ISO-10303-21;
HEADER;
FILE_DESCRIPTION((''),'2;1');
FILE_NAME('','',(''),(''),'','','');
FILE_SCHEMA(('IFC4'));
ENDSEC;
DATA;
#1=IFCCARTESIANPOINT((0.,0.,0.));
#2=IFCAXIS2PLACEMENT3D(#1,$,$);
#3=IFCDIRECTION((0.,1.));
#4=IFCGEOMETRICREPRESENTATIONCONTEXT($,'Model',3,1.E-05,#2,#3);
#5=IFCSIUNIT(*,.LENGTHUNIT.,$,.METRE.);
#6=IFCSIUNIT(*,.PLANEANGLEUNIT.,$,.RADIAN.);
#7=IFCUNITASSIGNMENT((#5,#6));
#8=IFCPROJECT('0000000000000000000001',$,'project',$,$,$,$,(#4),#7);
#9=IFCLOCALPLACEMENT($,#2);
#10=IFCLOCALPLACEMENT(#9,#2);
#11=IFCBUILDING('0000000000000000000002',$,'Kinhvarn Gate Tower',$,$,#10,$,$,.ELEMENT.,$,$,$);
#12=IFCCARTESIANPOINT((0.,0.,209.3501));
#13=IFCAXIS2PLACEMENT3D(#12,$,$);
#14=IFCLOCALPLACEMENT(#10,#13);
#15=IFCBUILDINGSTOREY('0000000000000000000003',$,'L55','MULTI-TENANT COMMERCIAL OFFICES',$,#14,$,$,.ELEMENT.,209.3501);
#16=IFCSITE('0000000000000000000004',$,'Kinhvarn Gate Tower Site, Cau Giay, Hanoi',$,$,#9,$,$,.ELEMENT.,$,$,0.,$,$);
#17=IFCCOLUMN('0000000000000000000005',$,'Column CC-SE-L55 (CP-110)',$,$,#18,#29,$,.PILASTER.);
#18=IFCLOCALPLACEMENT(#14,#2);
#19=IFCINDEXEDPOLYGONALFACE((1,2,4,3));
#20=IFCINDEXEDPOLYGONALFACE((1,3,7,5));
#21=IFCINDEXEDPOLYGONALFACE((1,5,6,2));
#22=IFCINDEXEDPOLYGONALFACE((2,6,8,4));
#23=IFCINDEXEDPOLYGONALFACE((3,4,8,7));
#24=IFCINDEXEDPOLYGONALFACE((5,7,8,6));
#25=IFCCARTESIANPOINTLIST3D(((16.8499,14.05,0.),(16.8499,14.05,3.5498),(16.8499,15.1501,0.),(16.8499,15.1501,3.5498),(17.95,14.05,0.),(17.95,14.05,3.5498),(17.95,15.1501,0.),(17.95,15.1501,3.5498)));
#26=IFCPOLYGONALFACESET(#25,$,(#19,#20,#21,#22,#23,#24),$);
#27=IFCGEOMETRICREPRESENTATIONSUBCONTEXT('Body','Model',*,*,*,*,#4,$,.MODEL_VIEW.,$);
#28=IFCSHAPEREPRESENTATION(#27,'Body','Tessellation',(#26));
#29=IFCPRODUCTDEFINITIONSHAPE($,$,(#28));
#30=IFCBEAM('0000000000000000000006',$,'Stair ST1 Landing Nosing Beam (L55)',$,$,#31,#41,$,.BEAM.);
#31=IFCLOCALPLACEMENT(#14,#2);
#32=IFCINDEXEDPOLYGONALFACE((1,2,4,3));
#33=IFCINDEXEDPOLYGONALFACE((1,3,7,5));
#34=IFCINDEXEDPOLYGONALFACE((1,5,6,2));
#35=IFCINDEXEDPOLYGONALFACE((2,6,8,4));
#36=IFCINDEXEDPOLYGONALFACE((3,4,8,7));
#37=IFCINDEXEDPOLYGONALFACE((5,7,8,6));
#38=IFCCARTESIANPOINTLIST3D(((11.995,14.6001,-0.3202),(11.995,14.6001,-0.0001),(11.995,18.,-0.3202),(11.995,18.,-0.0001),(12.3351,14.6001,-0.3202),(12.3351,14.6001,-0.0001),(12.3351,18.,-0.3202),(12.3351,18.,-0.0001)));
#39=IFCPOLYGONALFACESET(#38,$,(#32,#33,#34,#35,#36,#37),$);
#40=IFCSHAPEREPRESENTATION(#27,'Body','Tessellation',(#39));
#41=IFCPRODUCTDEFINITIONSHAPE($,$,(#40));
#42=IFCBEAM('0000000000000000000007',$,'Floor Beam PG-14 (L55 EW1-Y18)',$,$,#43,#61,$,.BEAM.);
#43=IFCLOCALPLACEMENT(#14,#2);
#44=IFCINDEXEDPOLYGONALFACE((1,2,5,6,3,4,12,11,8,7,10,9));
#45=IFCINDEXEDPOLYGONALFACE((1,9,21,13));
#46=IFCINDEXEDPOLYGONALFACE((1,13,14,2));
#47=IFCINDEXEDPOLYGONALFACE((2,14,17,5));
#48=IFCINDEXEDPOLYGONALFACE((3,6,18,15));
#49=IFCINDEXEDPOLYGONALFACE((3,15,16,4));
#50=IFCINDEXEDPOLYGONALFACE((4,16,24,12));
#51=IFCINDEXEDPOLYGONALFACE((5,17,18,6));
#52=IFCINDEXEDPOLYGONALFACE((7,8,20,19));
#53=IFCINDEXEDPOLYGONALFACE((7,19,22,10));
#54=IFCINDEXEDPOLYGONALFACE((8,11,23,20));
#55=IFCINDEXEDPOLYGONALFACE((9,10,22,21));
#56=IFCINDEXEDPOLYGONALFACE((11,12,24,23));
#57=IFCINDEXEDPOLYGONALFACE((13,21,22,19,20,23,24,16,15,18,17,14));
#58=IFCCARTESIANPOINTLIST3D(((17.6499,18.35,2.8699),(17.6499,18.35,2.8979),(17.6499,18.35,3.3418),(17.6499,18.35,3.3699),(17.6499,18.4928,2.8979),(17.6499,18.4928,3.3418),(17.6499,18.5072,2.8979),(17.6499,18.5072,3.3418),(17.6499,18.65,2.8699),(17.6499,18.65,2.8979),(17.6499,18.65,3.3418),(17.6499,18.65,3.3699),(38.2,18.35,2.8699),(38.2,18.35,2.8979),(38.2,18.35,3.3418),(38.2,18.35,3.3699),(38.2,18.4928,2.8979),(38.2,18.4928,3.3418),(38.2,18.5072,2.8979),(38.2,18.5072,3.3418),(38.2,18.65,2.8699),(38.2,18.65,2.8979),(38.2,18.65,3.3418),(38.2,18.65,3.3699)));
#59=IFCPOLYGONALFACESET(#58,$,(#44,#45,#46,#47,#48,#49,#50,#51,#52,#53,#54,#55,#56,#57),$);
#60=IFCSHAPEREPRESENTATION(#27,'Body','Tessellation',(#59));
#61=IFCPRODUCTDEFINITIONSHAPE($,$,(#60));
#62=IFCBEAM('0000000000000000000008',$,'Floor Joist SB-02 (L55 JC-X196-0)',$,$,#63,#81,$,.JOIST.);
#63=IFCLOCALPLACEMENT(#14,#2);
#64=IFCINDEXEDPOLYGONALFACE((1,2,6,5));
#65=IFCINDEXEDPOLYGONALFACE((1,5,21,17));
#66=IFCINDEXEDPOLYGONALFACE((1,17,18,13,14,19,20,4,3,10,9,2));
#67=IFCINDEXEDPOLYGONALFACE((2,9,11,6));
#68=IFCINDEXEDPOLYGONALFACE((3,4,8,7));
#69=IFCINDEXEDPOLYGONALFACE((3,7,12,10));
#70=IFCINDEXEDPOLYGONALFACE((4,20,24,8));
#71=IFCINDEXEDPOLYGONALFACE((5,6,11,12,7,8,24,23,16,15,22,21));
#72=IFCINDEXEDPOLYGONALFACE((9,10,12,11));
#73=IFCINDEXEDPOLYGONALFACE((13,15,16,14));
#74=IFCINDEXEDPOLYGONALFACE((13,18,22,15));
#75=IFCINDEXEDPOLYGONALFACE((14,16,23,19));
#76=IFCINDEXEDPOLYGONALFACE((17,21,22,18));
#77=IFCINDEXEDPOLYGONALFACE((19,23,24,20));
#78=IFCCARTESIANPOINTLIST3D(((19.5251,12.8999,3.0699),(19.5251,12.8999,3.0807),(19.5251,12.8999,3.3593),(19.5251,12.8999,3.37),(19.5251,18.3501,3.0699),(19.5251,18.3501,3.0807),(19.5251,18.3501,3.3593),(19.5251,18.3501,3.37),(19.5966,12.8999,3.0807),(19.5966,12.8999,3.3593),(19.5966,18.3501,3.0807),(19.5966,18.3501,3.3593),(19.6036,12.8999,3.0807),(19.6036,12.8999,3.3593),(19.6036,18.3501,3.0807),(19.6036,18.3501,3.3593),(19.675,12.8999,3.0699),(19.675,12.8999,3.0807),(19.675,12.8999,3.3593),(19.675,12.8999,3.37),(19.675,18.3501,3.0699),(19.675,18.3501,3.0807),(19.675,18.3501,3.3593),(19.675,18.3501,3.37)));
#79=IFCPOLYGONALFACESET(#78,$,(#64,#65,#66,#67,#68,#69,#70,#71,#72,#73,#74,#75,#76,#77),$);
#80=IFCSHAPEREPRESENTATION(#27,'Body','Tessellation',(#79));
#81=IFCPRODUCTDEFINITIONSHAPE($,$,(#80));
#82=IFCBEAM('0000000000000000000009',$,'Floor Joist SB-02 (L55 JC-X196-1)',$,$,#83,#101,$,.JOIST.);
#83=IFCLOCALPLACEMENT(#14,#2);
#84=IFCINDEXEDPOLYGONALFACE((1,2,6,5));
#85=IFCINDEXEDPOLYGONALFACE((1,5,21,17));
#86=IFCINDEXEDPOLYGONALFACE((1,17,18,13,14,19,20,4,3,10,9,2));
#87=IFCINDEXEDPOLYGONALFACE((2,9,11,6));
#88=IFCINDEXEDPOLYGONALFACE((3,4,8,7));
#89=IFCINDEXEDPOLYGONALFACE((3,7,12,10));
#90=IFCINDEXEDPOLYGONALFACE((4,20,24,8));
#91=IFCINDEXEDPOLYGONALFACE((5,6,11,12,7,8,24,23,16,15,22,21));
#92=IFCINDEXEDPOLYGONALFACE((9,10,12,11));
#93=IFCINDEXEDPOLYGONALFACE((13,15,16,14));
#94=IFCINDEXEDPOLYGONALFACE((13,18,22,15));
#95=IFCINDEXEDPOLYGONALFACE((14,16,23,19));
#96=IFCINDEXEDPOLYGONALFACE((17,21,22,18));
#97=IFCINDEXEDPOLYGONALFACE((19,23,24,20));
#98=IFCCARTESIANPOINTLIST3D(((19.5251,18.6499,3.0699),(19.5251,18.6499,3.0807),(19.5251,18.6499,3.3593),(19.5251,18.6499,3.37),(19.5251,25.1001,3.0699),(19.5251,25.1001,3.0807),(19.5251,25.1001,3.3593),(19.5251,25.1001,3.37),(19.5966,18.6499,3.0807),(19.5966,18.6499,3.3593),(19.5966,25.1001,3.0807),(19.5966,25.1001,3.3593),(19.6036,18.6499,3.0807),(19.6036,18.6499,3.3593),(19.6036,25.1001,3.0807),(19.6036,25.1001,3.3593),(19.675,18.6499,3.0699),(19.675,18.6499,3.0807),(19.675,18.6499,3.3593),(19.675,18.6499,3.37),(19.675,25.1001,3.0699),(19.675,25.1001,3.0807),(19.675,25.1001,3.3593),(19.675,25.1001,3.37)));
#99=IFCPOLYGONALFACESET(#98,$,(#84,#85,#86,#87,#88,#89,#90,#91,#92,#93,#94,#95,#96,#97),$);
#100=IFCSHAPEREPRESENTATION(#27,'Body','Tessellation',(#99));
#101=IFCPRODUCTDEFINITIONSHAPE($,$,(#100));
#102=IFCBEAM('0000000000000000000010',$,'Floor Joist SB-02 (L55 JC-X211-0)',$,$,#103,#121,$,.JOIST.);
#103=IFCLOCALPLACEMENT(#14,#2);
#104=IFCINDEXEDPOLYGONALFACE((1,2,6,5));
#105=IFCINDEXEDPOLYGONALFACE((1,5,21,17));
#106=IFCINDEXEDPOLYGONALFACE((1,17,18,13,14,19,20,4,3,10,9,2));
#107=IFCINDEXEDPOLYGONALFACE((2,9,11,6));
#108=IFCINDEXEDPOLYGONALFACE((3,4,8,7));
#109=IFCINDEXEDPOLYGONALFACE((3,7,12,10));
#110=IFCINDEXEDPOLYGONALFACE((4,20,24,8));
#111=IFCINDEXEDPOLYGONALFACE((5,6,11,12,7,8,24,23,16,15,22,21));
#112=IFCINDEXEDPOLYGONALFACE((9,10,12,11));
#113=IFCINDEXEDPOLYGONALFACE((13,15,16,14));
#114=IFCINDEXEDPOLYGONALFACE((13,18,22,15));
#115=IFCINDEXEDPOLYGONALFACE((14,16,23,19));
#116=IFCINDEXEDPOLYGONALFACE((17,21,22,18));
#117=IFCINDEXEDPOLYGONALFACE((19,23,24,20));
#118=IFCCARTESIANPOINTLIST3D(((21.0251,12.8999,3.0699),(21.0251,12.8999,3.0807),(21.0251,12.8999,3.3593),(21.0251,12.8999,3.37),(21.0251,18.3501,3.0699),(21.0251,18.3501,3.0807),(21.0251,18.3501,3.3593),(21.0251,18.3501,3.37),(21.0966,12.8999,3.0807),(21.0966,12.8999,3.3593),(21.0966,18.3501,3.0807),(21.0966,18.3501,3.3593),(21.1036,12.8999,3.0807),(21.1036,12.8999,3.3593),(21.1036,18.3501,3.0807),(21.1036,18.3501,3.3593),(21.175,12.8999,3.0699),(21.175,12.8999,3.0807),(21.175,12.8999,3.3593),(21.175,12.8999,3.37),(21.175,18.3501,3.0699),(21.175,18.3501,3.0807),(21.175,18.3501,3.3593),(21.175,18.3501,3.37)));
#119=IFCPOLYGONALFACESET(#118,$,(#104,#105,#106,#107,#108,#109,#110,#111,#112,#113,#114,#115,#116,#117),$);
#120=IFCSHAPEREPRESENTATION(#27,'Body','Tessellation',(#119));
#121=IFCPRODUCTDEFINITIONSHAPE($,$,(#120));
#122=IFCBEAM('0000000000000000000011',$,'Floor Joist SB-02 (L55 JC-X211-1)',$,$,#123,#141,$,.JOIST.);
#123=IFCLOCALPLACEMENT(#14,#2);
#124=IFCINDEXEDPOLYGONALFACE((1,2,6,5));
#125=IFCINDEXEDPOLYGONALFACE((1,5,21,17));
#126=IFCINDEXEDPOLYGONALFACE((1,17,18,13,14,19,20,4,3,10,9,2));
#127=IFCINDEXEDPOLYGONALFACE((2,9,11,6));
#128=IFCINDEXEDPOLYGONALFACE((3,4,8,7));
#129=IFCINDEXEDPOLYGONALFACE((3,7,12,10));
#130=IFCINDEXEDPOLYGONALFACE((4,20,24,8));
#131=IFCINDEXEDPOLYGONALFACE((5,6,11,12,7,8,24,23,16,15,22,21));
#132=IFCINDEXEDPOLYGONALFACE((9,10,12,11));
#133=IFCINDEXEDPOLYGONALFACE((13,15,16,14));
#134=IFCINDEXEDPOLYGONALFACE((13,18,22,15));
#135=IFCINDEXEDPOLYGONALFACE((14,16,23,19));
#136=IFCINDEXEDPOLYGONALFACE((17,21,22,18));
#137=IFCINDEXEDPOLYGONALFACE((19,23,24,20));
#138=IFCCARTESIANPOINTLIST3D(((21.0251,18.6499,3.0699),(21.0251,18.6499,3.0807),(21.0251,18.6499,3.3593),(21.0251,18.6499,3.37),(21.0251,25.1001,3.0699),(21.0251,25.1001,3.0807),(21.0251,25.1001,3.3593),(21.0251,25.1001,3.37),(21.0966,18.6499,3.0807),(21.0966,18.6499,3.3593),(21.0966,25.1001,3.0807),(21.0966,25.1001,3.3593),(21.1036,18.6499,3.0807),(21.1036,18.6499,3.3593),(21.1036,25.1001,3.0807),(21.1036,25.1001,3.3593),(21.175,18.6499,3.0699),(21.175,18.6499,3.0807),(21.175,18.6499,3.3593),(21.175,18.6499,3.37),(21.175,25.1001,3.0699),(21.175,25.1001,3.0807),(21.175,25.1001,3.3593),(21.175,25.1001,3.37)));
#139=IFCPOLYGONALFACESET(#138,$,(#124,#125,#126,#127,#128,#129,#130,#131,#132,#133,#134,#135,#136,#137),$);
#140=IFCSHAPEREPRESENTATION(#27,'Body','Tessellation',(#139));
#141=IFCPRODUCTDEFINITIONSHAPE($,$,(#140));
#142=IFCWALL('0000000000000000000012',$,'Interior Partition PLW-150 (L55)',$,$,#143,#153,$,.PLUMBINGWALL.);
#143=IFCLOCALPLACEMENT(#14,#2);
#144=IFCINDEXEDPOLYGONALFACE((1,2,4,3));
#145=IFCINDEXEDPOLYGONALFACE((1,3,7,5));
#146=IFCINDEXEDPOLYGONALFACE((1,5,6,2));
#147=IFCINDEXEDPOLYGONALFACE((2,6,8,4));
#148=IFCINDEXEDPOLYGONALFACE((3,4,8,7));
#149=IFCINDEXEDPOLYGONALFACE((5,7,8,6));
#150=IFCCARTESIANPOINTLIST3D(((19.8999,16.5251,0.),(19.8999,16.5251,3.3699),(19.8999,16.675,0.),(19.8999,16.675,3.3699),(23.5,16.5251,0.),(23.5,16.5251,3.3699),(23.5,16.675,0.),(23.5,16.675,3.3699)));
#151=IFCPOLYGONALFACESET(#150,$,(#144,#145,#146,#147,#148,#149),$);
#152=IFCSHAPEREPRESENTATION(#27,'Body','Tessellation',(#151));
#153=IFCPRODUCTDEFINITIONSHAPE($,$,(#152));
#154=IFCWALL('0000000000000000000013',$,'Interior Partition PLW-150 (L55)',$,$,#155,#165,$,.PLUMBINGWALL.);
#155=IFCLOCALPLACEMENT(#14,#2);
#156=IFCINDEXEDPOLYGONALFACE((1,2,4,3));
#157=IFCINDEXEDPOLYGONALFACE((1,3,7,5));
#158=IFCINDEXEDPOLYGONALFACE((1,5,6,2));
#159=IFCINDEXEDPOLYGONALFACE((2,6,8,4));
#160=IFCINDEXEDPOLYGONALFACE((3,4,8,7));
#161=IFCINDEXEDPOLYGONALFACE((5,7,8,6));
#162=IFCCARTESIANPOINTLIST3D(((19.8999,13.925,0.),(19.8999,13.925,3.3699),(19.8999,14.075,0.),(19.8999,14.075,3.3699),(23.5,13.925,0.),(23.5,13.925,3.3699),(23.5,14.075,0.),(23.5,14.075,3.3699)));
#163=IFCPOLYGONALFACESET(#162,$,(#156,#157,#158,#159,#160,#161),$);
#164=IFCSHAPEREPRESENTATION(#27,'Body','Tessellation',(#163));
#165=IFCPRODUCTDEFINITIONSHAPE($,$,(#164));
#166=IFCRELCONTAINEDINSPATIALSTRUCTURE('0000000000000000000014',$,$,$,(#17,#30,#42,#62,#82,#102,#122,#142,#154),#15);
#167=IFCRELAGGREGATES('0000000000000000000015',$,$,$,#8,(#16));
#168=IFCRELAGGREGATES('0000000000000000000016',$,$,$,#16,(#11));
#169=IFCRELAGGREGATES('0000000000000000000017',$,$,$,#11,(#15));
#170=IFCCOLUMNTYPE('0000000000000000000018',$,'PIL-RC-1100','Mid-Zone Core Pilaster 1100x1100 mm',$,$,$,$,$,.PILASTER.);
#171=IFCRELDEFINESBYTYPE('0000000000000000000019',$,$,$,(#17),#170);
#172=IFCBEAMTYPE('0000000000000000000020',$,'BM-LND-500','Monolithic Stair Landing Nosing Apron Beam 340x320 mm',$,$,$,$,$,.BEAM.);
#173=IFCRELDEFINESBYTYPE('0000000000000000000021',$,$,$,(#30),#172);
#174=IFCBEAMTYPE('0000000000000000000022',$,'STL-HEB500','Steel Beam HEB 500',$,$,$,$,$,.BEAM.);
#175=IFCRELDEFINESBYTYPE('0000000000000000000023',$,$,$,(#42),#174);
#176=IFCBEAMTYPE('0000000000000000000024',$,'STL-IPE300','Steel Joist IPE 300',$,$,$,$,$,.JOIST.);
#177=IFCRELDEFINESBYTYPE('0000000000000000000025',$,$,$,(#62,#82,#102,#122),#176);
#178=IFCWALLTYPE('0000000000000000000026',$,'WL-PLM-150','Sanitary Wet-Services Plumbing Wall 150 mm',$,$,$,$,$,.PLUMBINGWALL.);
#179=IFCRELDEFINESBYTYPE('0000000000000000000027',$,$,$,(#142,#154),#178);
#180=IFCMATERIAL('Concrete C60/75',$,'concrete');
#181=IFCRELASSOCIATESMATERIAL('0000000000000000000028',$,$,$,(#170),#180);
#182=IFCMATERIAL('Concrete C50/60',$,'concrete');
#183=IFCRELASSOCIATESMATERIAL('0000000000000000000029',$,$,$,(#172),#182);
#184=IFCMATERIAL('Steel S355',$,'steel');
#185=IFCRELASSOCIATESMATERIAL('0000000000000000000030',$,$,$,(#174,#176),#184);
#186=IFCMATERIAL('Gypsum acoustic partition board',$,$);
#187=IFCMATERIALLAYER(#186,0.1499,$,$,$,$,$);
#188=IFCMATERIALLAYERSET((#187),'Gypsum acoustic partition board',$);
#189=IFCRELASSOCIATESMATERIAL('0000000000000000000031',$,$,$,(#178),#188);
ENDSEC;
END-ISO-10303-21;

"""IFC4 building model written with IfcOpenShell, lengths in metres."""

from ifc_helpers import new_model, si_unit, direction, frame, frame_2d, origin, origin_2d, place, context, subcontext, project, spatial, rectangle, i_section, extrude, material, layer, layer_set, material_profile, profile_set, type_object, element, save


model = new_model("IFC4")

# Units and contexts
model_context = context("Model", 3, precision=1e-05, world=origin(), true_north=direction((0.0, 1.0)))
body_context = subcontext(model_context, "Body", "Model", "MODEL_VIEW")
ifc_project = project(units=[si_unit("LENGTHUNIT", "METRE"), si_unit("PLANEANGLEUNIT", "RADIAN")], contexts=[model_context])

# Site, building, storey
site_placement = place(None, origin())
site = spatial("IfcSite", under=ifc_project, at=site_placement, Name="Kinhvarn Gate Tower Site, Cau Giay, Hanoi", CompositionType="ELEMENT", RefElevation=0.0)
building_placement = place(site_placement, origin())
building = spatial("IfcBuilding", under=site, at=building_placement, Name="Kinhvarn Gate Tower", CompositionType="ELEMENT")
storey_placement = place(building_placement, frame((0.0, 0.0, 209.3501)))
storey = spatial("IfcBuildingStorey", under=building, at=storey_placement, Name="L55", Description="MULTI-TENANT COMMERCIAL OFFICES", CompositionType="ELEMENT", Elevation=209.3501)

# Column
ifc_material_1 = material(Name="Concrete C60/75", Category="concrete")
ifc_material_profile_1 = material_profile(ifc_material_1, rectangle(XDim=1.1001, YDim=1.1001, at=origin_2d()), Name="RC 1100x1100")
ifc_profile_set_1 = profile_set([ifc_material_profile_1], Name="Concrete C60/75")
column_type = type_object("IfcColumnType", Name="PIL-RC-1100", Description="Mid-Zone Core Pilaster 1100x1100 mm", PredefinedType="PILASTER", material=ifc_profile_set_1)
column_placement = place(storey_placement, frame((17.3999, 14.6001, 0.0), z_axis=(0.0, 0.0, 1.0), x_axis=(1.0, 0.0, 0.0)))
element("IfcColumn", 1, at=column_placement, inside=storey, type_object=column_type, Name="Column CC-SE-L55 (CP-110)", PredefinedType="PILASTER", context=body_context, shape_type="SweptSolid", body=[
    extrude(rectangle(XDim=1.1001, YDim=1.1001, at=origin_2d()), origin(), (0.0, 0.0, 1.0), 3.5498),
])

# Beams
ifc_material_2 = material(Name="Concrete C50/60", Category="concrete")
ifc_material_profile_2 = material_profile(ifc_material_2, rectangle(XDim=0.3401, YDim=0.3201, at=origin_2d()), Name="RC 340x320")
ifc_profile_set_2 = profile_set([ifc_material_profile_2], Name="Concrete C50/60")
beam_type_1 = type_object("IfcBeamType", Name="BM-LND-500", Description="Monolithic Stair Landing Nosing Apron Beam 340x320 mm", PredefinedType="BEAM", material=ifc_profile_set_2)
beam_1_placement = place(storey_placement, frame((12.165, 14.6001, -0.1602), z_axis=(0.0, 1.0, 0.0), x_axis=(-1.0, 0.0, 0.0)))
element("IfcBeam", 2, at=beam_1_placement, inside=storey, type_object=beam_type_1, Name="Stair ST1 Landing Nosing Beam (L55)", PredefinedType="BEAM", context=body_context, shape_type="SweptSolid", body=[
    extrude(rectangle(XDim=0.3401, YDim=0.3201, at=origin_2d()), origin(), (0.0, 0.0, 1.0), 3.3999),
])
ifc_material_3 = material(Name="Steel S355", Category="steel")
ifc_material_profile_3 = material_profile(ifc_material_3, i_section(OverallWidth=0.3, OverallDepth=0.5, WebThickness=0.0144, FlangeThickness=0.0281, at=origin_2d()), Name="HEB 500")
ifc_profile_set_3 = profile_set([ifc_material_profile_3], Name="Steel S355")
beam_type_2 = type_object("IfcBeamType", Name="STL-HEB500", Description="Steel Beam HEB 500", PredefinedType="BEAM", material=ifc_profile_set_3)
beam_2_placement = place(storey_placement, frame((17.6499, 18.5, 3.1199), z_axis=(1.0, 0.0, 0.0), x_axis=(0.0, 1.0, 0.0)))
element("IfcBeam", 3, at=beam_2_placement, inside=storey, type_object=beam_type_2, Name="Floor Beam PG-14 (L55 EW1-Y18)", PredefinedType="BEAM", context=body_context, shape_type="SweptSolid", body=[
    extrude(i_section(OverallWidth=0.3, OverallDepth=0.5, WebThickness=0.0144, FlangeThickness=0.0281, at=origin_2d()), origin(), (0.0, 0.0, 1.0), 20.55),
])
ifc_material_profile_4 = material_profile(ifc_material_3, i_section(OverallWidth=0.1499, OverallDepth=0.3, WebThickness=0.0071, FlangeThickness=0.0107, at=origin_2d()), Name="IPE 300")
ifc_profile_set_4 = profile_set([ifc_material_profile_4], Name="Steel S355")
beam_type_3 = type_object("IfcBeamType", Name="STL-IPE300", Description="Steel Joist IPE 300", PredefinedType="JOIST", material=ifc_profile_set_4)
beam_3_placement = place(storey_placement, frame((19.6001, 12.8999, 3.22), z_axis=(0.0, 1.0, 0.0), x_axis=(-1.0, 0.0, 0.0)))
element("IfcBeam", 4, at=beam_3_placement, inside=storey, type_object=beam_type_3, Name="Floor Joist SB-02 (L55 JC-X196-0)", PredefinedType="JOIST", context=body_context, shape_type="SweptSolid", body=[
    extrude(i_section(OverallWidth=0.1499, OverallDepth=0.3, WebThickness=0.0071, FlangeThickness=0.0107, at=origin_2d()), origin(), (0.0, 0.0, 1.0), 5.4502),
])
beam_4_placement = place(storey_placement, frame((19.6001, 18.6499, 3.22), z_axis=(0.0, 1.0, 0.0), x_axis=(-1.0, 0.0, 0.0)))
element("IfcBeam", 5, at=beam_4_placement, inside=storey, type_object=beam_type_3, Name="Floor Joist SB-02 (L55 JC-X196-1)", PredefinedType="JOIST", context=body_context, shape_type="SweptSolid", body=[
    extrude(i_section(OverallWidth=0.1499, OverallDepth=0.3, WebThickness=0.0071, FlangeThickness=0.0107, at=origin_2d()), origin(), (0.0, 0.0, 1.0), 6.4502),
])
beam_5_placement = place(storey_placement, frame((21.1001, 12.8999, 3.22), z_axis=(0.0, 1.0, 0.0), x_axis=(-1.0, 0.0, 0.0)))
element("IfcBeam", 6, at=beam_5_placement, inside=storey, type_object=beam_type_3, Name="Floor Joist SB-02 (L55 JC-X211-0)", PredefinedType="JOIST", context=body_context, shape_type="SweptSolid", body=[
    extrude(i_section(OverallWidth=0.1499, OverallDepth=0.3, WebThickness=0.0071, FlangeThickness=0.0107, at=origin_2d()), origin(), (0.0, 0.0, 1.0), 5.4502),
])
beam_6_placement = place(storey_placement, frame((21.1001, 18.6499, 3.22), z_axis=(0.0, 1.0, 0.0), x_axis=(-1.0, 0.0, 0.0)))
element("IfcBeam", 7, at=beam_6_placement, inside=storey, type_object=beam_type_3, Name="Floor Joist SB-02 (L55 JC-X211-1)", PredefinedType="JOIST", context=body_context, shape_type="SweptSolid", body=[
    extrude(i_section(OverallWidth=0.1499, OverallDepth=0.3, WebThickness=0.0071, FlangeThickness=0.0107, at=origin_2d()), origin(), (0.0, 0.0, 1.0), 6.4502),
])

# Walls
ifc_material_4 = material(Name="Gypsum acoustic partition board")
ifc_layer_1 = layer(ifc_material_4, 0.1499)
ifc_layer_set_1 = layer_set([ifc_layer_1], Name="Gypsum acoustic partition board")
wall_type_1 = type_object("IfcWallType", Name="WL-PLM-150", Description="Sanitary Wet-Services Plumbing Wall 150 mm", PredefinedType="PLUMBINGWALL", material=ifc_layer_set_1)
for number, where, z_axis, x_axis, name in (
    (8, (19.8999, 16.6001, 0.0), (0.0, 0.0, 1.0), (1.0, 0.0, 0.0), "Interior Partition PLW-150 (L55)"),
    (9, (19.8999, 14.0, 0.0), (0.0, 0.0, 1.0), (1.0, 0.0, 0.0), "Interior Partition PLW-150 (L55)"),
):
    element("IfcWall", number, at=place(storey_placement, frame(where, z_axis=z_axis, x_axis=x_axis)), inside=storey, type_object=wall_type_1, Name=name, PredefinedType="PLUMBINGWALL", context=body_context, shape_type="SweptSolid", body=[
        extrude(rectangle(XDim=3.6001, YDim=0.1499, at=frame_2d((1.8, 0.0))), origin(), (0.0, 0.0, 1.0), 3.3699),
    ])

save(model, "model.ifc")
